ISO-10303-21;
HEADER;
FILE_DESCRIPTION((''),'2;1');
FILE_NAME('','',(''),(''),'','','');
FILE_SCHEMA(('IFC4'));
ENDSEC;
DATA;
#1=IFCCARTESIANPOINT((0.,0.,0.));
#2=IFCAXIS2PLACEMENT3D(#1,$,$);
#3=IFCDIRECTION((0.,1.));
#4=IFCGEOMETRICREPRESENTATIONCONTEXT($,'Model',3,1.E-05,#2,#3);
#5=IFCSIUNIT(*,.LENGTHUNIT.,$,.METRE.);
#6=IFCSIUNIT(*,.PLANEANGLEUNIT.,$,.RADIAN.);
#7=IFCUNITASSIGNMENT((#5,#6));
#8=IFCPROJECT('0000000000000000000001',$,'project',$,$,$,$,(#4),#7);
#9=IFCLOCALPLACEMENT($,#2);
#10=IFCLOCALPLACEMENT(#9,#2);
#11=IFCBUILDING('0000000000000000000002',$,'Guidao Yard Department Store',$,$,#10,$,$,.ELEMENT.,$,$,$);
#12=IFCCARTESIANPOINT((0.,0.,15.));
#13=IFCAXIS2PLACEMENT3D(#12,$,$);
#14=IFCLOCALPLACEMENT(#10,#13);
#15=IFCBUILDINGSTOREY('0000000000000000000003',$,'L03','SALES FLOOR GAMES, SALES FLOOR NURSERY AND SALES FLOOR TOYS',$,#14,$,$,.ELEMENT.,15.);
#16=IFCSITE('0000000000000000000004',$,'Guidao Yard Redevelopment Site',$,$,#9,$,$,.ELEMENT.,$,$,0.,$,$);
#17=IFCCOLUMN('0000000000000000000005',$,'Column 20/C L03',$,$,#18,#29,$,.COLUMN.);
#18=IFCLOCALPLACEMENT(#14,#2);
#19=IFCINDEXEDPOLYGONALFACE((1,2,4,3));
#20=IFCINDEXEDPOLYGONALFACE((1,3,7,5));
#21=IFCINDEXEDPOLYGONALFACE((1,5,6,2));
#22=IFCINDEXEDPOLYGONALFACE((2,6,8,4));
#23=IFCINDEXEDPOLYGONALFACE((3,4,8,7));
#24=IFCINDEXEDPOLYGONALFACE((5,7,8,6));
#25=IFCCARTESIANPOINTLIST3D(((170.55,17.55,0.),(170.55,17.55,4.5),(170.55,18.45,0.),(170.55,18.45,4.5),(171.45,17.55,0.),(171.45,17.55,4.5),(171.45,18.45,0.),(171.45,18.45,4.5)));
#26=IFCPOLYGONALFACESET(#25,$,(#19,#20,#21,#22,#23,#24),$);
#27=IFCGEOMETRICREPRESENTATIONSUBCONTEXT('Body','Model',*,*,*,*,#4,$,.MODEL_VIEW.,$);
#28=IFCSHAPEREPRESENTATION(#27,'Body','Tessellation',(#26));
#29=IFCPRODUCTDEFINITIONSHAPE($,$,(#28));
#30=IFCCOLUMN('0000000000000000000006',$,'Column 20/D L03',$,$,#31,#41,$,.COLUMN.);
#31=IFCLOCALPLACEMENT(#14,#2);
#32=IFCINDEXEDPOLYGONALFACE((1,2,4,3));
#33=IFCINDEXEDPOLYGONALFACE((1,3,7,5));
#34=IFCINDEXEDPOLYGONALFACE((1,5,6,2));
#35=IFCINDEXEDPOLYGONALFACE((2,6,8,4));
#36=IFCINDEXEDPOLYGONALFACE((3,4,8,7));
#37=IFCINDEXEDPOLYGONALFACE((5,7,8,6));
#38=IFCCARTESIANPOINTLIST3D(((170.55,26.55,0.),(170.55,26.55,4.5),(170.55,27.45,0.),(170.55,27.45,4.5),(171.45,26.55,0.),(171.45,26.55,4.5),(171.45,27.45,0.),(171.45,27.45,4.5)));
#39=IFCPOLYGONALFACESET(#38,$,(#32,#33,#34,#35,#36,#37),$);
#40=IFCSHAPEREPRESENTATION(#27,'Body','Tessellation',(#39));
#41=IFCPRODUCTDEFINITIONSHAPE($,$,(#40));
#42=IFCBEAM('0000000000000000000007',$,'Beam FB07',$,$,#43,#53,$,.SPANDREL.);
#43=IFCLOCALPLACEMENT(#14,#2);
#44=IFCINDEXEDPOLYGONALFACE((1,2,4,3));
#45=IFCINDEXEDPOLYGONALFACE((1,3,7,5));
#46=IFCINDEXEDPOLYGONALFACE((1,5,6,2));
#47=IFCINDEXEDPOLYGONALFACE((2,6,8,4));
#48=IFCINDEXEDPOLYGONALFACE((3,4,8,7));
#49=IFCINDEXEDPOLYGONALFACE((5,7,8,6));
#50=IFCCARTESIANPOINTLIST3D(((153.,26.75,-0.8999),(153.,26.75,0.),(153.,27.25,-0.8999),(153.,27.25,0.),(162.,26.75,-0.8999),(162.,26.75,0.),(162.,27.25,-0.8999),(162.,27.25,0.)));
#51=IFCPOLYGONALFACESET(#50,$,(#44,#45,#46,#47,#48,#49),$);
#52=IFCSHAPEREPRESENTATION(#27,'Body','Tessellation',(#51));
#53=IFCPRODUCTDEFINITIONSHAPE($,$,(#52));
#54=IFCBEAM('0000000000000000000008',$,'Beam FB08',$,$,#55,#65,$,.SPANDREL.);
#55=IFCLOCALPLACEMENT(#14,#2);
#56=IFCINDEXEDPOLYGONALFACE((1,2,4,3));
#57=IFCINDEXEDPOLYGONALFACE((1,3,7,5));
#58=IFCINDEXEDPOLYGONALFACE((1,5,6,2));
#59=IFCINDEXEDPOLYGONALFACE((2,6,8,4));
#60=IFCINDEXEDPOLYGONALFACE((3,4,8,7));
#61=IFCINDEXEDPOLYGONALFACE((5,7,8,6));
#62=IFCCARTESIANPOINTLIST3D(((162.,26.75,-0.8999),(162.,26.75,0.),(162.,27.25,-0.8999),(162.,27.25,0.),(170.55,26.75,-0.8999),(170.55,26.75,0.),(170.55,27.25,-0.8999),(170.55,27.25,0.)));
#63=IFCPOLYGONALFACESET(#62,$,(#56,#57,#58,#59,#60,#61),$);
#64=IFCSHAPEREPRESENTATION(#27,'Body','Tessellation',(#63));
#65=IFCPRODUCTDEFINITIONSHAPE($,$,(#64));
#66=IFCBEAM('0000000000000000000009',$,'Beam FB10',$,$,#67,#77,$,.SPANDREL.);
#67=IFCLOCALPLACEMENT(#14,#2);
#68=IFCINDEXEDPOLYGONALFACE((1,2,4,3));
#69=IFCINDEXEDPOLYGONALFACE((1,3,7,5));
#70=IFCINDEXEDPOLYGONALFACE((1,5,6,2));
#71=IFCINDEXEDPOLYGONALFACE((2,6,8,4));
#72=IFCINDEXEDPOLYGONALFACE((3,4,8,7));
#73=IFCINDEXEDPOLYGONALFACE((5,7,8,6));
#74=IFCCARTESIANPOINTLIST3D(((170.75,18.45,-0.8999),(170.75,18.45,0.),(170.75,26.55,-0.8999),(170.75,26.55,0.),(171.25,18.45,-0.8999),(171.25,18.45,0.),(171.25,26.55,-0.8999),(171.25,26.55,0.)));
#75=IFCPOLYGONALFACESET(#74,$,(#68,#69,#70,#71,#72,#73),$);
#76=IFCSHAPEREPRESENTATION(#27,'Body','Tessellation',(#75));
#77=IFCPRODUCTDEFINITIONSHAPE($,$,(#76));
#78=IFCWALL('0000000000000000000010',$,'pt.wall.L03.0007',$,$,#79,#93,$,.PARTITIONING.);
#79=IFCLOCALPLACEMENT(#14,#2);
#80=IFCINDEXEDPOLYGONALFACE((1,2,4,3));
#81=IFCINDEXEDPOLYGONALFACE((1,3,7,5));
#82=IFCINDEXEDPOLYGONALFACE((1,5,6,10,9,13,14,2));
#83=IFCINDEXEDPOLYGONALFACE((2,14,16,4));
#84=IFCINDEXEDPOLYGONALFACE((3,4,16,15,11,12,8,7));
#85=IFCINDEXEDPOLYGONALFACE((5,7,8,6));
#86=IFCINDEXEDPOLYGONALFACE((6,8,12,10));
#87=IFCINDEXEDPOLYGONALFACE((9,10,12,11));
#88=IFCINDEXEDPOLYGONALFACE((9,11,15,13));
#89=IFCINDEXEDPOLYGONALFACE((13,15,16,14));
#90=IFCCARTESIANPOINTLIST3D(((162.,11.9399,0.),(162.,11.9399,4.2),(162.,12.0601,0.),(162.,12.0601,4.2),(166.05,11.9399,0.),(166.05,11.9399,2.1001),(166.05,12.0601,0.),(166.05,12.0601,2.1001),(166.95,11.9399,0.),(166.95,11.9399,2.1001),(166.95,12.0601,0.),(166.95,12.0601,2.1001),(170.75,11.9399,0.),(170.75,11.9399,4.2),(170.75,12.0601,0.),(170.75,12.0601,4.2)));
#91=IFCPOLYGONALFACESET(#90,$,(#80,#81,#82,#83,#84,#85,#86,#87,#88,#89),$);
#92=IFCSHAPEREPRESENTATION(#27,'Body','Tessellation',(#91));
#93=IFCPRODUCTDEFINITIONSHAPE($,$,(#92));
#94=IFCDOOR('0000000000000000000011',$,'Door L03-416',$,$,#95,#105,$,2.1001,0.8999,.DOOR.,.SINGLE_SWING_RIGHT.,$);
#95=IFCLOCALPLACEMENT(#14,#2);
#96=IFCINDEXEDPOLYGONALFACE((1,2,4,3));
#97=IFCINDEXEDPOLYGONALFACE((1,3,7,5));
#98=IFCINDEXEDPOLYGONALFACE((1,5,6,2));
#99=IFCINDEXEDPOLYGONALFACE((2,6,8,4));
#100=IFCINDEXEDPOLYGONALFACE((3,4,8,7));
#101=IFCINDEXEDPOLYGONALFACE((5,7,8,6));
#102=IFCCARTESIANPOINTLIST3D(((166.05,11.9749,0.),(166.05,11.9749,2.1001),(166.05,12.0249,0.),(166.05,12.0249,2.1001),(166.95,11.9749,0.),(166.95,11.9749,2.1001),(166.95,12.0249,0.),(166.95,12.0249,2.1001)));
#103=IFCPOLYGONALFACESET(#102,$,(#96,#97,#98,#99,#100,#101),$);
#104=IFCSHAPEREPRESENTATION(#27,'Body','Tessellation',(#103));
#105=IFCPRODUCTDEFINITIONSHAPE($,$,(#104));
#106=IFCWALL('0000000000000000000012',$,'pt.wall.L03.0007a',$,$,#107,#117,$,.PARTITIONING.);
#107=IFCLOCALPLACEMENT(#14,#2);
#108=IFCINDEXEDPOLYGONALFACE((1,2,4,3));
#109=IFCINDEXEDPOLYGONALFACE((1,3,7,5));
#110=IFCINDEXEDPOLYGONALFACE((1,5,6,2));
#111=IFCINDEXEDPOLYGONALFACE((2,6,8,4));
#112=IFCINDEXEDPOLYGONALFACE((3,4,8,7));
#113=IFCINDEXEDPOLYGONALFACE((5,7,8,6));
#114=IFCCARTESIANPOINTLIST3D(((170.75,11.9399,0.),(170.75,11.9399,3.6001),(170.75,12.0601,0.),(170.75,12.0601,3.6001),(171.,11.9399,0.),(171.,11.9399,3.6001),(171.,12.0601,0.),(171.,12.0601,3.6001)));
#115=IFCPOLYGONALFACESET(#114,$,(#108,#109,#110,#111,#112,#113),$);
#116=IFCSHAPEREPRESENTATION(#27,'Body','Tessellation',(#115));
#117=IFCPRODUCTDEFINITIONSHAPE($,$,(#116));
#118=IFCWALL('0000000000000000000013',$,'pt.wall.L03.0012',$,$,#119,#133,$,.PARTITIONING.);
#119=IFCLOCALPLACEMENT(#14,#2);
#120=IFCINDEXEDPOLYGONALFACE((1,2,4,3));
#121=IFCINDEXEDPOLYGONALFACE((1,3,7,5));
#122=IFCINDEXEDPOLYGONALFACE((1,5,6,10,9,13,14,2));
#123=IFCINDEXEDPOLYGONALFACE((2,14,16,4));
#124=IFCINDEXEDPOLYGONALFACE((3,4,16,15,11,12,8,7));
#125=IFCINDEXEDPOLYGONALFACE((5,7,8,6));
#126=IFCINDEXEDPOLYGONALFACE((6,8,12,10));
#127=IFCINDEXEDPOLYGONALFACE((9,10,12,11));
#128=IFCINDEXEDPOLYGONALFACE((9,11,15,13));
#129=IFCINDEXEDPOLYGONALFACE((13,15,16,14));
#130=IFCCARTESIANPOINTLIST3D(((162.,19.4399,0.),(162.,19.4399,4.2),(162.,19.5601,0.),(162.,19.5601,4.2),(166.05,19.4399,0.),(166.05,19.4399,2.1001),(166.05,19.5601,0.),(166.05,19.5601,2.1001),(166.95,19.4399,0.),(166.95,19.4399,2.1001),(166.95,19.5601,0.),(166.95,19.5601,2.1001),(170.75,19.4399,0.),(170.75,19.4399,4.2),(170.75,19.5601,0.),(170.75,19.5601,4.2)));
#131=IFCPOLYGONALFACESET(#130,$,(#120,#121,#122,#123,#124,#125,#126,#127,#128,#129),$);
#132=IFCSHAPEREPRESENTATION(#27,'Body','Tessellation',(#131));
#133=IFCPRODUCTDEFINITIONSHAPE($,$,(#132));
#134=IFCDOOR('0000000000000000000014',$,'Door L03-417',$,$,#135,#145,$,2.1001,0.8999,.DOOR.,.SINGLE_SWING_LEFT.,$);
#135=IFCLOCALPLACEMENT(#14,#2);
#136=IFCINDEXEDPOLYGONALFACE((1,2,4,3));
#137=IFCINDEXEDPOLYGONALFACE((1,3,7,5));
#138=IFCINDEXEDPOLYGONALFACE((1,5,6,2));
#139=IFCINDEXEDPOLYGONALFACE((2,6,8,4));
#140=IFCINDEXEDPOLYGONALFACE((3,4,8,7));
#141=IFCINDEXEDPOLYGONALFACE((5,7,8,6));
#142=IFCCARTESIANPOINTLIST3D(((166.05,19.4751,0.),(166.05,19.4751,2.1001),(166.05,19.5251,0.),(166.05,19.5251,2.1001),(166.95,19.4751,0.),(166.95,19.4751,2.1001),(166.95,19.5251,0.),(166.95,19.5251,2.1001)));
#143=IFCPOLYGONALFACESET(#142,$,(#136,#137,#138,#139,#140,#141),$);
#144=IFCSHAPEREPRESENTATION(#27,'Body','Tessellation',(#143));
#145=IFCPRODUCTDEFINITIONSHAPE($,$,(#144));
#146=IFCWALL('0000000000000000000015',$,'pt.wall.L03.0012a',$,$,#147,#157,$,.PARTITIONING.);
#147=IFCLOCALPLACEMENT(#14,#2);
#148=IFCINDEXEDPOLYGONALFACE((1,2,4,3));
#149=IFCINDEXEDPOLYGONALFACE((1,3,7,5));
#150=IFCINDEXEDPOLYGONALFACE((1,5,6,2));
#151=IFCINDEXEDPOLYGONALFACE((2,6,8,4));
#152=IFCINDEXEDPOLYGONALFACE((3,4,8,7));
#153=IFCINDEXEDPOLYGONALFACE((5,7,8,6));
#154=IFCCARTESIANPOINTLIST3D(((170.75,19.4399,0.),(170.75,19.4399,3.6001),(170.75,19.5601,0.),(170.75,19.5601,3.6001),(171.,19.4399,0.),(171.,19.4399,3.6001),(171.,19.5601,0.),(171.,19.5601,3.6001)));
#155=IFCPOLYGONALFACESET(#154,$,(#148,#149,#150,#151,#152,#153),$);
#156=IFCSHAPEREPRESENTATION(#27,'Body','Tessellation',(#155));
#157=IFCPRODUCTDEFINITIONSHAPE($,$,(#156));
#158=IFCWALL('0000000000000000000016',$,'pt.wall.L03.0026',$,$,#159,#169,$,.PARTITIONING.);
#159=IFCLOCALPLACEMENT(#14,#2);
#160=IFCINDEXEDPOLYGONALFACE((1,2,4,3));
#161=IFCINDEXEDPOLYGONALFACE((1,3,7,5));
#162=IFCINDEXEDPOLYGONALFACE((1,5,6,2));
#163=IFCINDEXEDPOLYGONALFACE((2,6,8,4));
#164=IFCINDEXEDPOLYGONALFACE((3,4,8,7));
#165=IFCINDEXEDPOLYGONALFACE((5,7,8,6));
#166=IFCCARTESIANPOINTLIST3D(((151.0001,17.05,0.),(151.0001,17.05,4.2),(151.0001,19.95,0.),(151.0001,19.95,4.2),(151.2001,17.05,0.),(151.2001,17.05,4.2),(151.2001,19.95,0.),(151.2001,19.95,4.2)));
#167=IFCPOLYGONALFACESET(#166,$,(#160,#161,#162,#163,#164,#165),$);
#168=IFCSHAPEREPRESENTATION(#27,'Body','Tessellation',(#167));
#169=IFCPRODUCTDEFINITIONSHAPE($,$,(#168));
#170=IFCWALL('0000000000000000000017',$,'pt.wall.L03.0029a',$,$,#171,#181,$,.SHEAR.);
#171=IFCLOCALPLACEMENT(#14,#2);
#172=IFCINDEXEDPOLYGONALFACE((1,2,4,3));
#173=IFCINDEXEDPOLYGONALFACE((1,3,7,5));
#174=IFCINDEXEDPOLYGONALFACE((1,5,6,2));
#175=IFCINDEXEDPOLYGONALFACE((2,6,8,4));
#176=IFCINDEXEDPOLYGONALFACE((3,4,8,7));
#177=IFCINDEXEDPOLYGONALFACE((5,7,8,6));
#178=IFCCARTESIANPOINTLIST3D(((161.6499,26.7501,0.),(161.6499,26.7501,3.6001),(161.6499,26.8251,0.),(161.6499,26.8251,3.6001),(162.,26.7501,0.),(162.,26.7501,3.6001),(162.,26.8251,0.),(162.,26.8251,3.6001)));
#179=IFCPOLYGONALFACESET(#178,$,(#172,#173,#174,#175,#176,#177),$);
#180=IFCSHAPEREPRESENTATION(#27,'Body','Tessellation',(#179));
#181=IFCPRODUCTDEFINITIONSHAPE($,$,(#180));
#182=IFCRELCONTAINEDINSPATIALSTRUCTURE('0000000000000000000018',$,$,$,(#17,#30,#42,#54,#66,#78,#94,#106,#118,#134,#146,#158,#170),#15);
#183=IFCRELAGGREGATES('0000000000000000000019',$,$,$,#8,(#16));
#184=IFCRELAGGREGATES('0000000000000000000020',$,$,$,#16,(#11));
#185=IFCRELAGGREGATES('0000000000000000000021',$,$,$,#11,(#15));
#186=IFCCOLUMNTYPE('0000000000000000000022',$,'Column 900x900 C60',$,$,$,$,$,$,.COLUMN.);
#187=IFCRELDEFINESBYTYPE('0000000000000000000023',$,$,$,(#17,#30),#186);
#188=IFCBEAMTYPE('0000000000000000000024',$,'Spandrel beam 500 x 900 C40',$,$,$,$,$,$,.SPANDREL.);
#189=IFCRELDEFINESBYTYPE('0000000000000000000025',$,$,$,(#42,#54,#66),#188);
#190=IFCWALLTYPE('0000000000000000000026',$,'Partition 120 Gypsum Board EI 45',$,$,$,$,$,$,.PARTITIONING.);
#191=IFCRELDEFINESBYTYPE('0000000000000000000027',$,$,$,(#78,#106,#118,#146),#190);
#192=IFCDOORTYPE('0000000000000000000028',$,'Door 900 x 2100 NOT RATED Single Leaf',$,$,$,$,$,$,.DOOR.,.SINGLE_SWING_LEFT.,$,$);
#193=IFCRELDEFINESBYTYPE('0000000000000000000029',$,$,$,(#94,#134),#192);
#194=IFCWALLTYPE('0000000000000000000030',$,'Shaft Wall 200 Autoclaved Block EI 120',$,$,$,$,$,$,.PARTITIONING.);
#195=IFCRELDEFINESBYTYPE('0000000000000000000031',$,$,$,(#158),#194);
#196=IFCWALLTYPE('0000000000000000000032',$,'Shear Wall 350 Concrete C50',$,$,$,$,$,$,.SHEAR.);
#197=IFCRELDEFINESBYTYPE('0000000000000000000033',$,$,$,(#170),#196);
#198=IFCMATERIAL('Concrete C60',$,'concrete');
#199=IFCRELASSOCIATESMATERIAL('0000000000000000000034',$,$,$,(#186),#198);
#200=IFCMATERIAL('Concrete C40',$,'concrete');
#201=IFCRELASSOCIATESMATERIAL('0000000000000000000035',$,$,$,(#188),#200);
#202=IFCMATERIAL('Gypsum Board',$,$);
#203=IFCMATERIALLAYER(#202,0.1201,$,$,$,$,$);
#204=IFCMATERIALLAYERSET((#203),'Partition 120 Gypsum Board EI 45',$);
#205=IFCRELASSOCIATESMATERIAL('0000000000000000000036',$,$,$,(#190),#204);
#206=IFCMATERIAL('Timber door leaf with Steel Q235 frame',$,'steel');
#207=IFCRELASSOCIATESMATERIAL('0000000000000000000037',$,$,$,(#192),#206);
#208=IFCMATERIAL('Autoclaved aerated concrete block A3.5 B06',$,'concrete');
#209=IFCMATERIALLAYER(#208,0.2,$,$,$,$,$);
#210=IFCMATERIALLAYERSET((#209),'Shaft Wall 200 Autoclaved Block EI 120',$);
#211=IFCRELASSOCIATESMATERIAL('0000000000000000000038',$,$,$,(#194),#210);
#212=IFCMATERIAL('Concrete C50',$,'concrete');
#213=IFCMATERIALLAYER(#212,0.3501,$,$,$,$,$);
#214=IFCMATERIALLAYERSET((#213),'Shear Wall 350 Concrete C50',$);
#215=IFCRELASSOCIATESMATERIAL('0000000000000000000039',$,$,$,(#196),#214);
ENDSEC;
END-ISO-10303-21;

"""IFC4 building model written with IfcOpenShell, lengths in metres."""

from ifc_helpers import new_model, si_unit, direction, frame, frame_2d, origin, origin_2d, place, context, subcontext, project, spatial, rectangle, extrude, material, layer, layer_set, material_profile, profile_set, type_object, element, fill, save


model = new_model("IFC4")

# Units and contexts
model_context = context("Model", 3, precision=1e-05, world=origin(), true_north=direction((0.0, 1.0)))
body_context = subcontext(model_context, "Body", "Model", "MODEL_VIEW")
ifc_project = project(units=[si_unit("LENGTHUNIT", "METRE"), si_unit("PLANEANGLEUNIT", "RADIAN")], contexts=[model_context])

# Site, building, storey
site_placement = place(None, origin())
site = spatial("IfcSite", under=ifc_project, at=site_placement, Name="Guidao Yard Redevelopment Site", CompositionType="ELEMENT", RefElevation=0.0)
building_placement = place(site_placement, origin())
building = spatial("IfcBuilding", under=site, at=building_placement, Name="Guidao Yard Department Store", CompositionType="ELEMENT")
storey_placement = place(building_placement, frame((0.0, 0.0, 15.0)))
storey = spatial("IfcBuildingStorey", under=building, at=storey_placement, Name="L03", Description="SALES FLOOR GAMES, SALES FLOOR NURSERY AND SALES FLOOR TOYS", CompositionType="ELEMENT", Elevation=15.0)

# Columns
ifc_material_1 = material(Name="Concrete C60", Category="concrete")
ifc_material_profile_1 = material_profile(ifc_material_1, rectangle(XDim=0.8999, YDim=0.8999, at=origin_2d()), Name="COL 900x900")
ifc_profile_set_1 = profile_set([ifc_material_profile_1], Name="Concrete C60")
column_type = type_object("IfcColumnType", Name="Column 900x900 C60", PredefinedType="COLUMN", material=ifc_profile_set_1)
for number, where, z_axis, x_axis, name in (
    (1, (171.0, 18.0, 0.0), (0.0, 0.0, 1.0), (1.0, 0.0, 0.0), "Column 20/C L03"),
    (2, (171.0, 27.0, 0.0), (0.0, 0.0, 1.0), (1.0, 0.0, 0.0), "Column 20/D L03"),
):
    element("IfcColumn", number, at=place(storey_placement, frame(where, z_axis=z_axis, x_axis=x_axis)), inside=storey, type_object=column_type, Name=name, PredefinedType="COLUMN", context=body_context, shape_type="SweptSolid", body=[
        extrude(rectangle(XDim=0.8999, YDim=0.8999, at=origin_2d()), origin(), (0.0, 0.0, 1.0), 4.5),
    ])

# Beams
ifc_material_2 = material(Name="Concrete C40", Category="concrete")
ifc_material_profile_2 = material_profile(ifc_material_2, rectangle(XDim=0.5, YDim=0.8999, at=origin_2d()), Name="Spandrel beam 500 x 900 C40")
ifc_profile_set_2 = profile_set([ifc_material_profile_2], Name="Concrete C40")
beam_type = type_object("IfcBeamType", Name="Spandrel beam 500 x 900 C40", PredefinedType="SPANDREL", material=ifc_profile_set_2)
beam_1_placement = place(storey_placement, frame((153.0, 27.0, -0.45), z_axis=(1.0, 0.0, 0.0), x_axis=(0.0, 1.0, 0.0)))
element("IfcBeam", 3, at=beam_1_placement, inside=storey, type_object=beam_type, Name="Beam FB07", PredefinedType="SPANDREL", context=body_context, shape_type="SweptSolid", body=[
    extrude(rectangle(XDim=0.5, YDim=0.8999, at=origin_2d()), origin(), (0.0, 0.0, 1.0), 9.0),
])
beam_2_placement = place(storey_placement, frame((162.0, 27.0, -0.45), z_axis=(1.0, 0.0, 0.0), x_axis=(0.0, 1.0, 0.0)))
element("IfcBeam", 4, at=beam_2_placement, inside=storey, type_object=beam_type, Name="Beam FB08", PredefinedType="SPANDREL", context=body_context, shape_type="SweptSolid", body=[
    extrude(rectangle(XDim=0.5, YDim=0.8999, at=origin_2d()), origin(), (0.0, 0.0, 1.0), 8.55),
])
beam_3_placement = place(storey_placement, frame((171.0, 18.45, -0.45), z_axis=(0.0, 1.0, 0.0), x_axis=(-1.0, 0.0, 0.0)))
element("IfcBeam", 5, at=beam_3_placement, inside=storey, type_object=beam_type, Name="Beam FB10", PredefinedType="SPANDREL", context=body_context, shape_type="SweptSolid", body=[
    extrude(rectangle(XDim=0.5, YDim=0.8999, at=origin_2d()), origin(), (0.0, 0.0, 1.0), 8.1001),
])

# Wall, opening, door
ifc_material_3 = material(Name="Gypsum Board")
ifc_layer_1 = layer(ifc_material_3, 0.1201)
ifc_layer_set_1 = layer_set([ifc_layer_1], Name="Partition 120 Gypsum Board EI 45")
wall_type_1 = type_object("IfcWallType", Name="Partition 120 Gypsum Board EI 45", PredefinedType="PARTITIONING", material=ifc_layer_set_1)
wall_1_placement = place(storey_placement, frame((162.0, 12.0, 0.0), z_axis=(0.0, 0.0, 1.0), x_axis=(1.0, 0.0, 0.0)))
wall_1 = element("IfcWall", 6, at=wall_1_placement, inside=storey, type_object=wall_type_1, Name="pt.wall.L03.0007", PredefinedType="PARTITIONING", context=body_context, shape_type="SweptSolid", body=[
    extrude(rectangle(XDim=8.75, YDim=0.1201, at=frame_2d((4.375, 0.0))), origin(), (0.0, 0.0, 1.0), 4.2),
])
opening_1_placement = place(wall_1_placement, frame((4.05, 0.0, 0.0)))
opening_1 = element("IfcOpeningElement", 7, at=opening_1_placement, cuts=wall_1, PredefinedType="OPENING", context=body_context, shape_type="SweptSolid", body=[
    extrude(rectangle(XDim=0.8999, YDim=2.1001, at=frame_2d((0.45, 1.05))), frame((0.0, 0.0701, 0.0), z_axis=(0.0, -1.0, 0.0), x_axis=(1.0, 0.0, 0.0)), (0.0, 0.0, 1.0), 0.1401),
])
ifc_material_4 = material(Name="Timber door leaf with Steel Q235 frame", Category="steel")
door_type_1 = type_object("IfcDoorType", Name="Door 900 x 2100 NOT RATED Single Leaf", OperationType="SINGLE_SWING_LEFT", PredefinedType="DOOR", material=ifc_material_4)
door_1_placement = place(opening_1_placement, origin())
door_1 = element("IfcDoor", 8, at=door_1_placement, inside=storey, type_object=door_type_1, Name="Door L03-416", OperationType="SINGLE_SWING_RIGHT", OverallHeight=2.1001, OverallWidth=0.8999, PredefinedType="DOOR", context=body_context, shape_type="SweptSolid", body=[
    extrude(rectangle(XDim=0.8999, YDim=2.1001, at=frame_2d((0.45, 1.05))), frame((0.0, 0.0249, 0.0), z_axis=(0.0, -1.0, 0.0), x_axis=(1.0, 0.0, 0.0)), (0.0, 0.0, 1.0), 0.05),
])
fill(opening_1, door_1)

# Wall
wall_2_placement = place(storey_placement, frame((170.75, 12.0, 0.0), z_axis=(0.0, 0.0, 1.0), x_axis=(1.0, 0.0, 0.0)))
element("IfcWall", 9, at=wall_2_placement, inside=storey, type_object=wall_type_1, Name="pt.wall.L03.0007a", PredefinedType="PARTITIONING", context=body_context, shape_type="SweptSolid", body=[
    extrude(rectangle(XDim=0.25, YDim=0.1201, at=frame_2d((0.125, 0.0))), origin(), (0.0, 0.0, 1.0), 3.6001),
])

# Wall, opening, door
wall_3_placement = place(storey_placement, frame((162.0, 19.5, 0.0), z_axis=(0.0, 0.0, 1.0), x_axis=(1.0, 0.0, 0.0)))
wall_3 = element("IfcWall", 10, at=wall_3_placement, inside=storey, type_object=wall_type_1, Name="pt.wall.L03.0012", PredefinedType="PARTITIONING", context=body_context, shape_type="SweptSolid", body=[
    extrude(rectangle(XDim=8.75, YDim=0.1201, at=frame_2d((4.375, 0.0))), origin(), (0.0, 0.0, 1.0), 4.2),
])
opening_2_placement = place(wall_3_placement, frame((4.95, 0.0, 0.0), z_axis=(0.0, 0.0, 1.0), x_axis=(-1.0, 0.0, 0.0)))
opening_2 = element("IfcOpeningElement", 11, at=opening_2_placement, cuts=wall_3, PredefinedType="OPENING", context=body_context, shape_type="SweptSolid", body=[
    extrude(rectangle(XDim=0.8999, YDim=2.1001, at=frame_2d((0.45, 1.05))), frame((0.0, 0.0701, 0.0), z_axis=(0.0, -1.0, 0.0), x_axis=(1.0, 0.0, 0.0)), (0.0, 0.0, 1.0), 0.1401),
])
door_2_placement = place(opening_2_placement, origin())
door_2 = element("IfcDoor", 12, at=door_2_placement, inside=storey, type_object=door_type_1, Name="Door L03-417", OperationType="SINGLE_SWING_LEFT", OverallHeight=2.1001, OverallWidth=0.8999, PredefinedType="DOOR", context=body_context, shape_type="SweptSolid", body=[
    extrude(rectangle(XDim=0.8999, YDim=2.1001, at=frame_2d((0.45, 1.05))), frame((0.0, 0.0249, 0.0), z_axis=(0.0, -1.0, 0.0), x_axis=(1.0, 0.0, 0.0)), (0.0, 0.0, 1.0), 0.05),
])
fill(opening_2, door_2)

# Walls
wall_4_placement = place(storey_placement, frame((170.75, 19.5, 0.0), z_axis=(0.0, 0.0, 1.0), x_axis=(1.0, 0.0, 0.0)))
element("IfcWall", 13, at=wall_4_placement, inside=storey, type_object=wall_type_1, Name="pt.wall.L03.0012a", PredefinedType="PARTITIONING", context=body_context, shape_type="SweptSolid", body=[
    extrude(rectangle(XDim=0.25, YDim=0.1201, at=frame_2d((0.125, 0.0))), origin(), (0.0, 0.0, 1.0), 3.6001),
])
ifc_material_5 = material(Name="Autoclaved aerated concrete block A3.5 B06", Category="concrete")
ifc_layer_2 = layer(ifc_material_5, 0.2)
ifc_layer_set_2 = layer_set([ifc_layer_2], Name="Shaft Wall 200 Autoclaved Block EI 120")
wall_type_2 = type_object("IfcWallType", Name="Shaft Wall 200 Autoclaved Block EI 120", PredefinedType="PARTITIONING", material=ifc_layer_set_2)
wall_5_placement = place(storey_placement, frame((151.1001, 17.05, 0.0), z_axis=(0.0, 0.0, 1.0), x_axis=(0.0, 1.0, 0.0)))
element("IfcWall", 14, at=wall_5_placement, inside=storey, type_object=wall_type_2, Name="pt.wall.L03.0026", PredefinedType="PARTITIONING", context=body_context, shape_type="SweptSolid", body=[
    extrude(rectangle(XDim=2.8999, YDim=0.2, at=frame_2d((1.45, 0.0))), origin(), (0.0, 0.0, 1.0), 4.2),
])
ifc_material_6 = material(Name="Concrete C50", Category="concrete")
ifc_layer_3 = layer(ifc_material_6, 0.3501)
ifc_layer_set_3 = layer_set([ifc_layer_3], Name="Shear Wall 350 Concrete C50")
wall_type_3 = type_object("IfcWallType", Name="Shear Wall 350 Concrete C50", PredefinedType="SHEAR", material=ifc_layer_set_3)
wall_6_placement = place(storey_placement, frame((161.825, 26.75, 0.0), z_axis=(0.0, 0.0, 1.0), x_axis=(0.0, 1.0, 0.0)))
element("IfcWall", 15, at=wall_6_placement, inside=storey, type_object=wall_type_3, Name="pt.wall.L03.0029a", PredefinedType="SHEAR", context=body_context, shape_type="SweptSolid", body=[
    extrude(rectangle(XDim=0.075, YDim=0.3501, at=frame_2d((0.0376, 0.0))), origin(), (0.0, 0.0, 1.0), 3.6001),
])

save(model, "model.ifc")
